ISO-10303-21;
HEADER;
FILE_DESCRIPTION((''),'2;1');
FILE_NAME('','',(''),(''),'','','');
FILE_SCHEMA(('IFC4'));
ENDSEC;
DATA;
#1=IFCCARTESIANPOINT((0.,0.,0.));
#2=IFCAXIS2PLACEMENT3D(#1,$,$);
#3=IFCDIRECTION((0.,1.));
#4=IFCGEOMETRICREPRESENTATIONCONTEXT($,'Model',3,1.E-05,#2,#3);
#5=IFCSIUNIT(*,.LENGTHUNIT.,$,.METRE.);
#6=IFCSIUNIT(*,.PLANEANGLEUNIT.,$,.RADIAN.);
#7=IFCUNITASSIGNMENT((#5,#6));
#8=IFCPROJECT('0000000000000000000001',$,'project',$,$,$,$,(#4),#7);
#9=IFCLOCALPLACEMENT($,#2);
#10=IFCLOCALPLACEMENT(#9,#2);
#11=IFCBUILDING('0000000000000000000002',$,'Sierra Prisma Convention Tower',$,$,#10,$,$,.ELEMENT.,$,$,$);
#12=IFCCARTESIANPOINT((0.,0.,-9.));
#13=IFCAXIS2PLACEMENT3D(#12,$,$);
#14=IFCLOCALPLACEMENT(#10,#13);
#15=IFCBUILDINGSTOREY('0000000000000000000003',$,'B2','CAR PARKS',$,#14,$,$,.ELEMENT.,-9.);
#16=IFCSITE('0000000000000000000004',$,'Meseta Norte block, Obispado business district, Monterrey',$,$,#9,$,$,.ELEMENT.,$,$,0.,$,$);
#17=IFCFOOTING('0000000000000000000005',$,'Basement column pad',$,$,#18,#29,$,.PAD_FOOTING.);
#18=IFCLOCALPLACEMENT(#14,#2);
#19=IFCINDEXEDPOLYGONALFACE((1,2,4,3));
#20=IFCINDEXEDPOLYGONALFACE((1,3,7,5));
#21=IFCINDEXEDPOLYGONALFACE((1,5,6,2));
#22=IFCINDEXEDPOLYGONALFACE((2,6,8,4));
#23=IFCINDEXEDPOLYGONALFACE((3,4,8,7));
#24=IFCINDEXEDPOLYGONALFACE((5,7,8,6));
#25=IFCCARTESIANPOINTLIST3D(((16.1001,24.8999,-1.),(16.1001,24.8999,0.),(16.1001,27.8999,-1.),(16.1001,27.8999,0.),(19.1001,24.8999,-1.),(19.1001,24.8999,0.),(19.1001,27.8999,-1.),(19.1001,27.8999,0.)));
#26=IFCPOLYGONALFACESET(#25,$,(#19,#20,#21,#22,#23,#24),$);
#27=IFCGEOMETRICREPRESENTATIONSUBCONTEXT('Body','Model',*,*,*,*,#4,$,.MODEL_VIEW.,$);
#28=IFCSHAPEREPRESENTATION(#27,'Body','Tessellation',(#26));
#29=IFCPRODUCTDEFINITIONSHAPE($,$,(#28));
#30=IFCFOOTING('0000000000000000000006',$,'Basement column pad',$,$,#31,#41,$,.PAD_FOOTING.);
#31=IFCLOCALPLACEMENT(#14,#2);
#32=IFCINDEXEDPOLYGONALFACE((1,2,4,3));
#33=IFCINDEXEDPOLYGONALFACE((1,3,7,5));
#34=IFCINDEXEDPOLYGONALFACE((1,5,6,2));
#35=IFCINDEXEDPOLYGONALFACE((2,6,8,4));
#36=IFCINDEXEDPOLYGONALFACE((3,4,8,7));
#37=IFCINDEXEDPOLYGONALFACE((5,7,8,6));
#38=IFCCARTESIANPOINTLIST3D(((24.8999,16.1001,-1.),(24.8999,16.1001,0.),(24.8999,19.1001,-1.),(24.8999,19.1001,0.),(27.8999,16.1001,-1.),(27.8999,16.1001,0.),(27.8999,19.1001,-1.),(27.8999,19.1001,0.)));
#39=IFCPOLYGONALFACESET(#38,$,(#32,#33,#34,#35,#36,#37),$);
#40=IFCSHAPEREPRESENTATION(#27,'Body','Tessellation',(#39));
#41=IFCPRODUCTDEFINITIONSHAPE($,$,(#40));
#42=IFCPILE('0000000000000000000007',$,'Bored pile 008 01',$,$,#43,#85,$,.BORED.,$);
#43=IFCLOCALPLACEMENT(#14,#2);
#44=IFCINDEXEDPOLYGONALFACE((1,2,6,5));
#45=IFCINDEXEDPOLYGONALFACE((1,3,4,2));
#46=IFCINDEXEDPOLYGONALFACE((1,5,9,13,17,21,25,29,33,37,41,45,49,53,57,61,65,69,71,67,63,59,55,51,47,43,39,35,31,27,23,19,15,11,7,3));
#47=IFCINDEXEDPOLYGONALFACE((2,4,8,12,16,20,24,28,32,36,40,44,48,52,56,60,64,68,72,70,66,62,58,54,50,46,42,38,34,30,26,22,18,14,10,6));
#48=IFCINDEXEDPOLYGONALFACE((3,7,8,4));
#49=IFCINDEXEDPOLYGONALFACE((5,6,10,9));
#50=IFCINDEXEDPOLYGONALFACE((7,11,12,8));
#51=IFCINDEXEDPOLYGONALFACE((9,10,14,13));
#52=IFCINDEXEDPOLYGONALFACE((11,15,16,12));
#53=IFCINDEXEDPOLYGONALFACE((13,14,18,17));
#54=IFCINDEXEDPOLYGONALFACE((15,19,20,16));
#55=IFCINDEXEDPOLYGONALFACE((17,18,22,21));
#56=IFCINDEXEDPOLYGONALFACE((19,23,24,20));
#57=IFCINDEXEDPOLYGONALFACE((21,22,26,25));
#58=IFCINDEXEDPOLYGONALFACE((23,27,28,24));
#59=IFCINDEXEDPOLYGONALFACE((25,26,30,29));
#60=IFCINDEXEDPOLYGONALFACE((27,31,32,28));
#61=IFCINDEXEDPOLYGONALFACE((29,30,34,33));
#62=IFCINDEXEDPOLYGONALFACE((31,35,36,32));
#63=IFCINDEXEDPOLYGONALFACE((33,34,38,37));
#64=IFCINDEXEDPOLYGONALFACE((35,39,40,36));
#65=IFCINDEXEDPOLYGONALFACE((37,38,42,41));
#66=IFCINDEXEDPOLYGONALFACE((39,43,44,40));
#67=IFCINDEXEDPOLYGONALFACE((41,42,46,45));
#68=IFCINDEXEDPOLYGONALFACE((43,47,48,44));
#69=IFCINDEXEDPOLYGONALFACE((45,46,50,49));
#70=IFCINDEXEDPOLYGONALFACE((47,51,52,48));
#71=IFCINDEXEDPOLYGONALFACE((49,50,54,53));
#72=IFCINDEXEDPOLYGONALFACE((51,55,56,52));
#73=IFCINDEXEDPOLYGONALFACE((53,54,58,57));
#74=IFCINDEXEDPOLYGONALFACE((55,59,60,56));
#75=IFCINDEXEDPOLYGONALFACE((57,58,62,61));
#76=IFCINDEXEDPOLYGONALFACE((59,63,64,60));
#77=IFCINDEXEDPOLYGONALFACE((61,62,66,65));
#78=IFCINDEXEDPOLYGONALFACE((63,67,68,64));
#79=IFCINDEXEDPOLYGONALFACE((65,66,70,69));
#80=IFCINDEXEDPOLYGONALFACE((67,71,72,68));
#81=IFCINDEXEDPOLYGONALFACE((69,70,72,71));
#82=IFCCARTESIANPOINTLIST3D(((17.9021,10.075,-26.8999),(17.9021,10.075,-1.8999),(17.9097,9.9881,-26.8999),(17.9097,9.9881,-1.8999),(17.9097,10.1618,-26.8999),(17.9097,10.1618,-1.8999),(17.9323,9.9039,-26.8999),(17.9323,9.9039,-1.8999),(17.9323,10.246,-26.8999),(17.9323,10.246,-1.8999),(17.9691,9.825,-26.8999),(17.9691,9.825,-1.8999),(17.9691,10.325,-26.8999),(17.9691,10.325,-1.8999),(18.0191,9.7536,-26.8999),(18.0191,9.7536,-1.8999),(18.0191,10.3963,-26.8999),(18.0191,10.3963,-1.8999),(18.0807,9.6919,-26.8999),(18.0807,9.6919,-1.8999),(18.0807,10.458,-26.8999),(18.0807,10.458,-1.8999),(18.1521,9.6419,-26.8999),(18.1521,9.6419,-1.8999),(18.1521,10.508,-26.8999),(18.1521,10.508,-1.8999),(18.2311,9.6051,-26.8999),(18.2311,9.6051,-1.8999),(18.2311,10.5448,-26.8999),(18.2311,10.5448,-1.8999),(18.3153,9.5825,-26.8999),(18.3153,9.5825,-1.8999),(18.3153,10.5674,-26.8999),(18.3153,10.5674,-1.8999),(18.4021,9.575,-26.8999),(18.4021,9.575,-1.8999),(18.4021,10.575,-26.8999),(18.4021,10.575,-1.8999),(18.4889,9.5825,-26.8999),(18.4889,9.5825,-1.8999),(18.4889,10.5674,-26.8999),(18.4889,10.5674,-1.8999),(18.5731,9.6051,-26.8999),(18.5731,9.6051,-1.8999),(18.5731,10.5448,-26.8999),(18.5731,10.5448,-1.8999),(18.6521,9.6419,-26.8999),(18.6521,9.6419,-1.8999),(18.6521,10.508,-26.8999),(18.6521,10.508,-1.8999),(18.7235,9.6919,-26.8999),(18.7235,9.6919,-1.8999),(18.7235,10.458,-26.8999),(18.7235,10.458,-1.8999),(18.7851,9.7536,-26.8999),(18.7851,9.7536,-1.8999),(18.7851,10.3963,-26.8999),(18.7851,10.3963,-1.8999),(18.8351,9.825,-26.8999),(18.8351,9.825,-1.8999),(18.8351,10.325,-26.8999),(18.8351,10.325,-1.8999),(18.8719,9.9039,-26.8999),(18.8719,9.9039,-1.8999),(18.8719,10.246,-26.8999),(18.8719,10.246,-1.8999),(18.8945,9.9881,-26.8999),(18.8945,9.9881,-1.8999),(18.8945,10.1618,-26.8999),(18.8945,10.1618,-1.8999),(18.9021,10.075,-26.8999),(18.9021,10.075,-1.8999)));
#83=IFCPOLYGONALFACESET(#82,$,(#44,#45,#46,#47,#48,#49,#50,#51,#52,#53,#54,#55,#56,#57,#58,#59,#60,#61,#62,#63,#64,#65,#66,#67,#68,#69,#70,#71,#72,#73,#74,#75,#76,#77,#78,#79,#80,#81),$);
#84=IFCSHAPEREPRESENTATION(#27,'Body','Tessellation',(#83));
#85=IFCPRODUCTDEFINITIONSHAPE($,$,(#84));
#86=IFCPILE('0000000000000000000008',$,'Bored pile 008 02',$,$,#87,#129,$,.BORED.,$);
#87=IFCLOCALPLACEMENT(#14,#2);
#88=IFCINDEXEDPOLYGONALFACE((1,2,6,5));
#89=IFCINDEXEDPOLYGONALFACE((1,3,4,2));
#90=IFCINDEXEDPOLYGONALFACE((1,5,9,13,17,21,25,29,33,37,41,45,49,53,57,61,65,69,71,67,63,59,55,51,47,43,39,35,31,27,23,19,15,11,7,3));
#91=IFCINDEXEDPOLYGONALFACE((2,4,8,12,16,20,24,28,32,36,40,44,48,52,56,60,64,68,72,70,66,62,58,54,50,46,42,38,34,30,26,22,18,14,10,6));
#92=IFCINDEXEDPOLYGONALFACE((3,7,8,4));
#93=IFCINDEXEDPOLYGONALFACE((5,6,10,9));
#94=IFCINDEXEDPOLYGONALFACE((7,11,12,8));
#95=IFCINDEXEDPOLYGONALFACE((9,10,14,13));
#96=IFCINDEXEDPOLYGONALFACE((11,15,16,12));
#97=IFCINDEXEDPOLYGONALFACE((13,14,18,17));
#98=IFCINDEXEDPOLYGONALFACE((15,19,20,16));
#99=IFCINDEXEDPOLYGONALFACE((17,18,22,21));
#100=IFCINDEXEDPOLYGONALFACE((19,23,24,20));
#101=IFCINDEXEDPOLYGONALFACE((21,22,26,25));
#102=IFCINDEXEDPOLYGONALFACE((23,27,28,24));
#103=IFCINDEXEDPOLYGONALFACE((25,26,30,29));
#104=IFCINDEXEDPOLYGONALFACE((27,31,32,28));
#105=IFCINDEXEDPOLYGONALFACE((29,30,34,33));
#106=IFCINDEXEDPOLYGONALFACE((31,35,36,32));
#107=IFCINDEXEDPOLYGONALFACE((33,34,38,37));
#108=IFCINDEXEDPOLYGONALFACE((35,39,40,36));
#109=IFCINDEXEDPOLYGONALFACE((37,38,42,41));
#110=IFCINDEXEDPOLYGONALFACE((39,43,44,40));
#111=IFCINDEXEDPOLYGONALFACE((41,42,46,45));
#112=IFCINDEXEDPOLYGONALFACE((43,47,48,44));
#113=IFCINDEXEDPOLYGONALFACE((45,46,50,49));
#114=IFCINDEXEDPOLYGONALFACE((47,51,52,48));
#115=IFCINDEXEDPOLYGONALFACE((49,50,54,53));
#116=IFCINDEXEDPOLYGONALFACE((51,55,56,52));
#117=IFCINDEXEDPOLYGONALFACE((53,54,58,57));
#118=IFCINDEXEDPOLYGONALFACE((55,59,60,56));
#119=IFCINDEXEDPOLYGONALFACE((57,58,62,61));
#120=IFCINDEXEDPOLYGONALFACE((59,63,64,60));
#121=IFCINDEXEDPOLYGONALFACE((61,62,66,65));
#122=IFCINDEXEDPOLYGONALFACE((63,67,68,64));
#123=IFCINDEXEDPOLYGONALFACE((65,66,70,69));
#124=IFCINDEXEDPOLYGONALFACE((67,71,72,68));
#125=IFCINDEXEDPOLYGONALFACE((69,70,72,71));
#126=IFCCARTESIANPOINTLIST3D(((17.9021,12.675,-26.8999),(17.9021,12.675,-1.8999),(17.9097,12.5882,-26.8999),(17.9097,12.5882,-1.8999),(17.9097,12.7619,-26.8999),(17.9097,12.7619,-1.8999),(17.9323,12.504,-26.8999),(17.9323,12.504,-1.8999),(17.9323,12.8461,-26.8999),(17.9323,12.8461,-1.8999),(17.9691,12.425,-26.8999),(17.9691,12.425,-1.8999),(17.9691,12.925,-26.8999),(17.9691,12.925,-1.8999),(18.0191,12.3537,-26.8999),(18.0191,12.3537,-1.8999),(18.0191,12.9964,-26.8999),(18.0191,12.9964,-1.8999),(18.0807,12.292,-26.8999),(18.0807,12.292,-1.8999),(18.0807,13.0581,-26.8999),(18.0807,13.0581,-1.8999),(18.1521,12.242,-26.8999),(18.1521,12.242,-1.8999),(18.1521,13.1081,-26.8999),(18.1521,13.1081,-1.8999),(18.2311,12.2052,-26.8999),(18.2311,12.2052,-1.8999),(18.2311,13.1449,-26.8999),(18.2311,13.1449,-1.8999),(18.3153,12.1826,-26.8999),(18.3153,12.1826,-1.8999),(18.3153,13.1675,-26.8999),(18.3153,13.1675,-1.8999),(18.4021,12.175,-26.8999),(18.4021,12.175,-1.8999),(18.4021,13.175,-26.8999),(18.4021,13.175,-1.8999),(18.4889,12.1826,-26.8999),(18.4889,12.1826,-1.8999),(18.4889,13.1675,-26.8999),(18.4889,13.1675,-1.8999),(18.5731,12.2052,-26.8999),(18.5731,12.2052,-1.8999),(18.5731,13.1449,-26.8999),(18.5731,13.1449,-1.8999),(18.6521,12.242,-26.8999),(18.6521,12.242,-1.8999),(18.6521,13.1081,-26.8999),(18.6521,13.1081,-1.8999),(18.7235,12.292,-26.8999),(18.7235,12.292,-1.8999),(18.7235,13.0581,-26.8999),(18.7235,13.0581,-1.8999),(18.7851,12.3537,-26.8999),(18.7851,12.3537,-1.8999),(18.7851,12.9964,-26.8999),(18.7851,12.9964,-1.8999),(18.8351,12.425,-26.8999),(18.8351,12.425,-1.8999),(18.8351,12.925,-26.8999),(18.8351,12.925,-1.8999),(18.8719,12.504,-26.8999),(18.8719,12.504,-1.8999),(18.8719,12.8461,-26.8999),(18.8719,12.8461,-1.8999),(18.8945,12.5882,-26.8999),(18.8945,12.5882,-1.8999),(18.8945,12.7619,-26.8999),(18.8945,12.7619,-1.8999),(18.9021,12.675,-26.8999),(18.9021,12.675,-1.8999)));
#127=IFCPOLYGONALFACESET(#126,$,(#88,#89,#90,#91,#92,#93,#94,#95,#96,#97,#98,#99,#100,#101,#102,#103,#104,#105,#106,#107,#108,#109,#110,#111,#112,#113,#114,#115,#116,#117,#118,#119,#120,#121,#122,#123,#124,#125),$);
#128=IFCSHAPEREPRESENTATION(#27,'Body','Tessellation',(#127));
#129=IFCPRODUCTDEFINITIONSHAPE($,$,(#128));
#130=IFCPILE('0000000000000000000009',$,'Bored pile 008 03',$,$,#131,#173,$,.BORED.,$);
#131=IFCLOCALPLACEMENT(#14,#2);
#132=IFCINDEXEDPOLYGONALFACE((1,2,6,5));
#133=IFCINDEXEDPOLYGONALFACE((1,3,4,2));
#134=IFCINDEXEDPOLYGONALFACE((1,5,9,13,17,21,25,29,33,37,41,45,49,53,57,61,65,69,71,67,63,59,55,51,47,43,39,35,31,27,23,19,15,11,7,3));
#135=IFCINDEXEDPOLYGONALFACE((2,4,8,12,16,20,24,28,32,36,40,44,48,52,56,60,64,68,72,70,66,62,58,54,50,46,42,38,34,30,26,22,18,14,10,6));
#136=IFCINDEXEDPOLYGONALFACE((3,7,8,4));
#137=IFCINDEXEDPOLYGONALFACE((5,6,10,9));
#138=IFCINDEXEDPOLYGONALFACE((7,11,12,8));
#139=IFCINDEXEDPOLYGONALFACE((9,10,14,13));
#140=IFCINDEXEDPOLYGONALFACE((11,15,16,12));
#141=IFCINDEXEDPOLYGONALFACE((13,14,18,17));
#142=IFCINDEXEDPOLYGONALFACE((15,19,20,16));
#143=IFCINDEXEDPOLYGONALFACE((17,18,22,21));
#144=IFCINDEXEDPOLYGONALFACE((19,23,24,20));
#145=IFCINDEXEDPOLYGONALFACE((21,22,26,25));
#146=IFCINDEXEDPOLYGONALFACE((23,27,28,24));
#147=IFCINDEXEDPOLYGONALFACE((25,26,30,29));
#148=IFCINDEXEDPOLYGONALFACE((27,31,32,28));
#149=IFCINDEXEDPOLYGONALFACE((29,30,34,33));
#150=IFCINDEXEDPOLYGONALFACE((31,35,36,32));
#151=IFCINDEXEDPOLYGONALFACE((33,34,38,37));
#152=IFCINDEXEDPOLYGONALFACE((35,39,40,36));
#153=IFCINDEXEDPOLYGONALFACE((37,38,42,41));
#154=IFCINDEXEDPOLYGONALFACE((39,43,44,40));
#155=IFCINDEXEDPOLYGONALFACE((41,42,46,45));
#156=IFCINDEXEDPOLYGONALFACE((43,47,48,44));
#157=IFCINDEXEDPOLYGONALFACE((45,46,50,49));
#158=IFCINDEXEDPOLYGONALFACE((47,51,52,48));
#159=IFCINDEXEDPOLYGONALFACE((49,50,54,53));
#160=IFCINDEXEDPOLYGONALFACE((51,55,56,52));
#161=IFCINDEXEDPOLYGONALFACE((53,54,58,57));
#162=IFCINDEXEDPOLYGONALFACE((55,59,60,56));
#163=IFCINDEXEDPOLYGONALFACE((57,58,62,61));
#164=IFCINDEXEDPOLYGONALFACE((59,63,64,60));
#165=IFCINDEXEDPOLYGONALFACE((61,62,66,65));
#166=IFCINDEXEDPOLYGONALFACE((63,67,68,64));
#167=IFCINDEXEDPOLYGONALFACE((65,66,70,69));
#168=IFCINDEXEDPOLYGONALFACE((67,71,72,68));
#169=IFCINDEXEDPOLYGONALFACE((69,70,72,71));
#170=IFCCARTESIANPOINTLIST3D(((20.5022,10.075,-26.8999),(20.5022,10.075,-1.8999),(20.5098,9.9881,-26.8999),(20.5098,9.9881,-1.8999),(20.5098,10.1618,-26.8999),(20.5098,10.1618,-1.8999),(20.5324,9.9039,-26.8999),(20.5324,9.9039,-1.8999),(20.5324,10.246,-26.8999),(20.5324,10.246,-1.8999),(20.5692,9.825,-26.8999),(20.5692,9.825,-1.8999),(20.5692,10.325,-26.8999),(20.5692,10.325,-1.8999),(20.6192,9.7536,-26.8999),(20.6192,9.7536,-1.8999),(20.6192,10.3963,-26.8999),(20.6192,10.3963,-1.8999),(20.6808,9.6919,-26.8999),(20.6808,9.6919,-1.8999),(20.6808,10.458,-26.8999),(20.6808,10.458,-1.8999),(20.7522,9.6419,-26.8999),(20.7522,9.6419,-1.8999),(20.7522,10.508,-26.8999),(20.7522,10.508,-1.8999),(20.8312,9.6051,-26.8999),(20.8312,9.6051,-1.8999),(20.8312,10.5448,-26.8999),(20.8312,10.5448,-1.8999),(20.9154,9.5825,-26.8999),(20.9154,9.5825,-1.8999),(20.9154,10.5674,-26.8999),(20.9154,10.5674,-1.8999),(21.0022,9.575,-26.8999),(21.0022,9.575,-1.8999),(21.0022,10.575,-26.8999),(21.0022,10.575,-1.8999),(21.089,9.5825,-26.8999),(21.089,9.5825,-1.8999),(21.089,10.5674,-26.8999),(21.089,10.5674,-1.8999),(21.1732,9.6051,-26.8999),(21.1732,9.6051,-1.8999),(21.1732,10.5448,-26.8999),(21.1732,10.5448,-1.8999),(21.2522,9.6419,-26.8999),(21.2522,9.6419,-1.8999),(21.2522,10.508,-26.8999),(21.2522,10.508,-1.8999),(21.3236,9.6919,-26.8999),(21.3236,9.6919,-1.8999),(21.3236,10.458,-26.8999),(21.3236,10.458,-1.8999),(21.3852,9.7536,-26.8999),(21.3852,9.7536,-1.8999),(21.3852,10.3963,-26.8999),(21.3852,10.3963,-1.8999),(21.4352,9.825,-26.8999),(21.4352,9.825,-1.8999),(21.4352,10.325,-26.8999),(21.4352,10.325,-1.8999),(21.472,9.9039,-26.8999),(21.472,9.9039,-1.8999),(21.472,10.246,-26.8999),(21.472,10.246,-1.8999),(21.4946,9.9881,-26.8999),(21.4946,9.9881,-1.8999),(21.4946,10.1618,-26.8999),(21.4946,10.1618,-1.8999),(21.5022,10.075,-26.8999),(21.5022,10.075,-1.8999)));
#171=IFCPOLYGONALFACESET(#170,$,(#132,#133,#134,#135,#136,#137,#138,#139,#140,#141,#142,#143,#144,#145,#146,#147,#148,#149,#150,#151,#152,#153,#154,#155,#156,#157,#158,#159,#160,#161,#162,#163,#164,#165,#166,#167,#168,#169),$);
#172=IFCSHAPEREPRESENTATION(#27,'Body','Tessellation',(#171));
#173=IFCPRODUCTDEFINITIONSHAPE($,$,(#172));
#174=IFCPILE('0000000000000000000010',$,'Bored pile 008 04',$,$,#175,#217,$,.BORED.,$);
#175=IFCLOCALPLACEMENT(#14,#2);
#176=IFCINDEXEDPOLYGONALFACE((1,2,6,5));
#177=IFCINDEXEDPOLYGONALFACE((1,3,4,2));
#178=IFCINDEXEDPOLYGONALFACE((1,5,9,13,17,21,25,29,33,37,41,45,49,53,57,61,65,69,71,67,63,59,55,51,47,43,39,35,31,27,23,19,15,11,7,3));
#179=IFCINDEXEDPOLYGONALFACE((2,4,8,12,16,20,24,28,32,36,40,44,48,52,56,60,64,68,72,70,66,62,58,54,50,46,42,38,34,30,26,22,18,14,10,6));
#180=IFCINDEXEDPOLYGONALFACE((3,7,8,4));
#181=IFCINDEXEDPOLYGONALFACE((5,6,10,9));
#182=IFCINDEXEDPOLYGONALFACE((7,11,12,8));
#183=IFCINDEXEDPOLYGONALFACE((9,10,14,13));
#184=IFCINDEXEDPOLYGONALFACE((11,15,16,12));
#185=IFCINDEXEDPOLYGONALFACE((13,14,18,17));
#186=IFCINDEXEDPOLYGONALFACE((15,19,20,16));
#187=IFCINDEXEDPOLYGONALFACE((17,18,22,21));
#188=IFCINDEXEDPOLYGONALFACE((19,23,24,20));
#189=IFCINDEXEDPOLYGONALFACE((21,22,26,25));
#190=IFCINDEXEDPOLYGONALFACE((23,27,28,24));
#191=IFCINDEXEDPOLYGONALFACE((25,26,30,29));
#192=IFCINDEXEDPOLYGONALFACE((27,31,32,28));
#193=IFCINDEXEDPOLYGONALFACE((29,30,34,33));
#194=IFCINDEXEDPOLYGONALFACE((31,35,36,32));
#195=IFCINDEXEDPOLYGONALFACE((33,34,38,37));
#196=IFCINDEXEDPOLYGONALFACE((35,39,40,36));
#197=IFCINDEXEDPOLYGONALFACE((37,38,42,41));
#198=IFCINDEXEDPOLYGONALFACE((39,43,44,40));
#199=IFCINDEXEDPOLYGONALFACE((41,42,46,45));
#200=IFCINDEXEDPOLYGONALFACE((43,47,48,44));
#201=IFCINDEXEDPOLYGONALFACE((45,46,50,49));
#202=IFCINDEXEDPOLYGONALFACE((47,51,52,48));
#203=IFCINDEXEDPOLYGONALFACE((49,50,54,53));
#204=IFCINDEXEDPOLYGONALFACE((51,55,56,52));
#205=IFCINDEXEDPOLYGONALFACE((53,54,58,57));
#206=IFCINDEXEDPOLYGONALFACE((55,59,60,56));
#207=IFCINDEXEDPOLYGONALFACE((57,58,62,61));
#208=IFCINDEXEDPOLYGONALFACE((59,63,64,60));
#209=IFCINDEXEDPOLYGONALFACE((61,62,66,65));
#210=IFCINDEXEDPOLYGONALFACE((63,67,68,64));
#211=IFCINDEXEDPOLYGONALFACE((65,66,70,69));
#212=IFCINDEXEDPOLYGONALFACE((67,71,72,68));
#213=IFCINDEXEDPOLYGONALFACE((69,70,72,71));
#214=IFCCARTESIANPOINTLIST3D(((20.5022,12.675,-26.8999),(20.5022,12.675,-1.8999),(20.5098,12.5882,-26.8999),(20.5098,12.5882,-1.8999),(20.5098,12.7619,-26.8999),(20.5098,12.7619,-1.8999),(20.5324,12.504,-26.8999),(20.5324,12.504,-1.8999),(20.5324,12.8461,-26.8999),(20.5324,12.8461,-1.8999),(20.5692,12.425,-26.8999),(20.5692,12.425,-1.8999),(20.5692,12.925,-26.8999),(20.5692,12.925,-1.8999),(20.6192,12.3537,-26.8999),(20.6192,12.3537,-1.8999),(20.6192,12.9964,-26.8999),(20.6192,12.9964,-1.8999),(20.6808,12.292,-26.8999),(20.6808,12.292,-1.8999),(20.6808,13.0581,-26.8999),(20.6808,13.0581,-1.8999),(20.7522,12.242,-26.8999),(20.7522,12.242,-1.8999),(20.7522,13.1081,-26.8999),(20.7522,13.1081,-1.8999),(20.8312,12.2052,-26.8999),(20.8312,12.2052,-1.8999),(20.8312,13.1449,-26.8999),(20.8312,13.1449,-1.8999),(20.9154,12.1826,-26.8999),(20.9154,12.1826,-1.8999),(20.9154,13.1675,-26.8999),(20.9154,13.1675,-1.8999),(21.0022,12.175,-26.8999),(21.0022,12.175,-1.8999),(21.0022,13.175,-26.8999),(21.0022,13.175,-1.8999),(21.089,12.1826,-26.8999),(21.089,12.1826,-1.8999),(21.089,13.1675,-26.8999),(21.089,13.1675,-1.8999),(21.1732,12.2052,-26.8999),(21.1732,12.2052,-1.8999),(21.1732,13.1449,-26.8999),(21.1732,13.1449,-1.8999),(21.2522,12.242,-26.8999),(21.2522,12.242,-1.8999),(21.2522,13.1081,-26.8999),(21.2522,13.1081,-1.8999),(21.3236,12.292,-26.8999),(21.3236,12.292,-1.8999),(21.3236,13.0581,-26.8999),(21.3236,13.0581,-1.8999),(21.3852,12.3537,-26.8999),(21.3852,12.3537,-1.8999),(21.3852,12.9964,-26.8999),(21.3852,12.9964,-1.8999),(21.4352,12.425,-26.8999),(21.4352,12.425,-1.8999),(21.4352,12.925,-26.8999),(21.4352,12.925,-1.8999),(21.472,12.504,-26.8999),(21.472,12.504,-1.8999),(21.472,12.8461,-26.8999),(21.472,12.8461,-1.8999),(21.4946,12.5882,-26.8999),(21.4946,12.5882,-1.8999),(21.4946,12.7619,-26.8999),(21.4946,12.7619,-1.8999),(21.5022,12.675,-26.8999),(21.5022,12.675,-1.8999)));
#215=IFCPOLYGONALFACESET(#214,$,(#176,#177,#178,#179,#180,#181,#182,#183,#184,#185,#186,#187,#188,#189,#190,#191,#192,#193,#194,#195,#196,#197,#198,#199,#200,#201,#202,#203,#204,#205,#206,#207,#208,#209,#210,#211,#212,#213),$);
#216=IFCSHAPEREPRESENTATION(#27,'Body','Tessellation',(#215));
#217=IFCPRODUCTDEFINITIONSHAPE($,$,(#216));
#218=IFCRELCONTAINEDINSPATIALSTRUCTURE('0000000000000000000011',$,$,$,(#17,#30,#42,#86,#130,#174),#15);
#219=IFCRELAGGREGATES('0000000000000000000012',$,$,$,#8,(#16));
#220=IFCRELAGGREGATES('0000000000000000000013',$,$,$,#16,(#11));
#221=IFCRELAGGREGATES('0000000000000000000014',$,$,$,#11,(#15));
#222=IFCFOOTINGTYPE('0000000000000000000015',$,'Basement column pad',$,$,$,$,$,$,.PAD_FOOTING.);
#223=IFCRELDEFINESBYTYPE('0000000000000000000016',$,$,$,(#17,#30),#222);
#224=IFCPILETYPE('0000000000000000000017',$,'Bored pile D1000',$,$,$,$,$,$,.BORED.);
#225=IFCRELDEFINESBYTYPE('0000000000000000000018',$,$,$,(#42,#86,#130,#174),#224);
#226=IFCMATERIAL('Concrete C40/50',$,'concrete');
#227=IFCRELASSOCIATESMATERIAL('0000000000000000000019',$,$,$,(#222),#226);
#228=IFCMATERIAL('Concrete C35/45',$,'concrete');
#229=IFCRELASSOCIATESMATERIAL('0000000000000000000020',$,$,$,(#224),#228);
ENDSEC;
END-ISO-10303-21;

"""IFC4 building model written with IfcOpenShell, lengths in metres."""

from ifc_helpers import new_model, si_unit, direction, frame, origin, origin_2d, place, context, subcontext, project, spatial, rectangle, circle, extrude, material, material_profile, profile_set, type_object, element, save


model = new_model("IFC4")

# Units and contexts
model_context = context("Model", 3, precision=1e-05, world=origin(), true_north=direction((0.0, 1.0)))
body_context = subcontext(model_context, "Body", "Model", "MODEL_VIEW")
ifc_project = project(units=[si_unit("LENGTHUNIT", "METRE"), si_unit("PLANEANGLEUNIT", "RADIAN")], contexts=[model_context])

# Site, building, storey
site_placement = place(None, origin())
site = spatial("IfcSite", under=ifc_project, at=site_placement, Name="Meseta Norte block, Obispado business district, Monterrey", CompositionType="ELEMENT", RefElevation=0.0)
building_placement = place(site_placement, origin())
building = spatial("IfcBuilding", under=site, at=building_placement, Name="Sierra Prisma Convention Tower", CompositionType="ELEMENT")
storey_placement = place(building_placement, frame((0.0, 0.0, -9.0)))
storey = spatial("IfcBuildingStorey", under=building, at=storey_placement, Name="B2", Description="CAR PARKS", CompositionType="ELEMENT", Elevation=-9.0)

# Footings
ifc_material_1 = material(Name="Concrete C40/50", Category="concrete")
footing_type_1 = type_object("IfcFootingType", Name="Basement column pad", PredefinedType="PAD_FOOTING", material=ifc_material_1)
for number, where, z_axis, x_axis, name in (
    (1, (17.6001, 26.3999, -1.0), (0.0, 0.0, 1.0), (1.0, 0.0, 0.0), "Basement column pad"),
    (2, (26.3999, 17.6001, -1.0), (0.0, 0.0, 1.0), (1.0, 0.0, 0.0), "Basement column pad"),
):
    element("IfcFooting", number, at=place(storey_placement, frame(where, z_axis=z_axis, x_axis=x_axis)), inside=storey, type_object=footing_type_1, Name=name, PredefinedType="PAD_FOOTING", context=body_context, shape_type="SweptSolid", body=[
        extrude(rectangle(XDim=3.0, YDim=3.0, at=origin_2d()), origin(), (0.0, 0.0, 1.0), 1.0),
    ])

# Piles
ifc_material_2 = material(Name="Concrete C35/45", Category="concrete")
ifc_material_profile_1 = material_profile(ifc_material_2, circle(Radius=0.5, at=origin_2d()), Name="D1000")
ifc_profile_set_1 = profile_set([ifc_material_profile_1], Name="Concrete C35/45")
pile_type_1 = type_object("IfcPileType", Name="Bored pile D1000", PredefinedType="BORED", material=ifc_profile_set_1)
for number, where, z_axis, x_axis, name in (
    (3, (18.4021, 10.075, -1.8999), (0.0, 0.0, -1.0), (1.0, 0.0, 0.0), "Bored pile 008 01"),
    (4, (18.4021, 12.675, -1.8999), (0.0, 0.0, -1.0), (1.0, 0.0, 0.0), "Bored pile 008 02"),
    (5, (21.0022, 10.075, -1.8999), (0.0, 0.0, -1.0), (1.0, 0.0, 0.0), "Bored pile 008 03"),
    (6, (21.0022, 12.675, -1.8999), (0.0, 0.0, -1.0), (1.0, 0.0, 0.0), "Bored pile 008 04"),
):
    element("IfcPile", number, at=place(storey_placement, frame(where, z_axis=z_axis, x_axis=x_axis)), inside=storey, type_object=pile_type_1, Name=name, PredefinedType="BORED", context=body_context, shape_type="SweptSolid", body=[
        extrude(circle(Radius=0.5, at=origin_2d()), origin(), (0.0, 0.0, 1.0), 25.0),
    ])

save(model, "model.ifc")
